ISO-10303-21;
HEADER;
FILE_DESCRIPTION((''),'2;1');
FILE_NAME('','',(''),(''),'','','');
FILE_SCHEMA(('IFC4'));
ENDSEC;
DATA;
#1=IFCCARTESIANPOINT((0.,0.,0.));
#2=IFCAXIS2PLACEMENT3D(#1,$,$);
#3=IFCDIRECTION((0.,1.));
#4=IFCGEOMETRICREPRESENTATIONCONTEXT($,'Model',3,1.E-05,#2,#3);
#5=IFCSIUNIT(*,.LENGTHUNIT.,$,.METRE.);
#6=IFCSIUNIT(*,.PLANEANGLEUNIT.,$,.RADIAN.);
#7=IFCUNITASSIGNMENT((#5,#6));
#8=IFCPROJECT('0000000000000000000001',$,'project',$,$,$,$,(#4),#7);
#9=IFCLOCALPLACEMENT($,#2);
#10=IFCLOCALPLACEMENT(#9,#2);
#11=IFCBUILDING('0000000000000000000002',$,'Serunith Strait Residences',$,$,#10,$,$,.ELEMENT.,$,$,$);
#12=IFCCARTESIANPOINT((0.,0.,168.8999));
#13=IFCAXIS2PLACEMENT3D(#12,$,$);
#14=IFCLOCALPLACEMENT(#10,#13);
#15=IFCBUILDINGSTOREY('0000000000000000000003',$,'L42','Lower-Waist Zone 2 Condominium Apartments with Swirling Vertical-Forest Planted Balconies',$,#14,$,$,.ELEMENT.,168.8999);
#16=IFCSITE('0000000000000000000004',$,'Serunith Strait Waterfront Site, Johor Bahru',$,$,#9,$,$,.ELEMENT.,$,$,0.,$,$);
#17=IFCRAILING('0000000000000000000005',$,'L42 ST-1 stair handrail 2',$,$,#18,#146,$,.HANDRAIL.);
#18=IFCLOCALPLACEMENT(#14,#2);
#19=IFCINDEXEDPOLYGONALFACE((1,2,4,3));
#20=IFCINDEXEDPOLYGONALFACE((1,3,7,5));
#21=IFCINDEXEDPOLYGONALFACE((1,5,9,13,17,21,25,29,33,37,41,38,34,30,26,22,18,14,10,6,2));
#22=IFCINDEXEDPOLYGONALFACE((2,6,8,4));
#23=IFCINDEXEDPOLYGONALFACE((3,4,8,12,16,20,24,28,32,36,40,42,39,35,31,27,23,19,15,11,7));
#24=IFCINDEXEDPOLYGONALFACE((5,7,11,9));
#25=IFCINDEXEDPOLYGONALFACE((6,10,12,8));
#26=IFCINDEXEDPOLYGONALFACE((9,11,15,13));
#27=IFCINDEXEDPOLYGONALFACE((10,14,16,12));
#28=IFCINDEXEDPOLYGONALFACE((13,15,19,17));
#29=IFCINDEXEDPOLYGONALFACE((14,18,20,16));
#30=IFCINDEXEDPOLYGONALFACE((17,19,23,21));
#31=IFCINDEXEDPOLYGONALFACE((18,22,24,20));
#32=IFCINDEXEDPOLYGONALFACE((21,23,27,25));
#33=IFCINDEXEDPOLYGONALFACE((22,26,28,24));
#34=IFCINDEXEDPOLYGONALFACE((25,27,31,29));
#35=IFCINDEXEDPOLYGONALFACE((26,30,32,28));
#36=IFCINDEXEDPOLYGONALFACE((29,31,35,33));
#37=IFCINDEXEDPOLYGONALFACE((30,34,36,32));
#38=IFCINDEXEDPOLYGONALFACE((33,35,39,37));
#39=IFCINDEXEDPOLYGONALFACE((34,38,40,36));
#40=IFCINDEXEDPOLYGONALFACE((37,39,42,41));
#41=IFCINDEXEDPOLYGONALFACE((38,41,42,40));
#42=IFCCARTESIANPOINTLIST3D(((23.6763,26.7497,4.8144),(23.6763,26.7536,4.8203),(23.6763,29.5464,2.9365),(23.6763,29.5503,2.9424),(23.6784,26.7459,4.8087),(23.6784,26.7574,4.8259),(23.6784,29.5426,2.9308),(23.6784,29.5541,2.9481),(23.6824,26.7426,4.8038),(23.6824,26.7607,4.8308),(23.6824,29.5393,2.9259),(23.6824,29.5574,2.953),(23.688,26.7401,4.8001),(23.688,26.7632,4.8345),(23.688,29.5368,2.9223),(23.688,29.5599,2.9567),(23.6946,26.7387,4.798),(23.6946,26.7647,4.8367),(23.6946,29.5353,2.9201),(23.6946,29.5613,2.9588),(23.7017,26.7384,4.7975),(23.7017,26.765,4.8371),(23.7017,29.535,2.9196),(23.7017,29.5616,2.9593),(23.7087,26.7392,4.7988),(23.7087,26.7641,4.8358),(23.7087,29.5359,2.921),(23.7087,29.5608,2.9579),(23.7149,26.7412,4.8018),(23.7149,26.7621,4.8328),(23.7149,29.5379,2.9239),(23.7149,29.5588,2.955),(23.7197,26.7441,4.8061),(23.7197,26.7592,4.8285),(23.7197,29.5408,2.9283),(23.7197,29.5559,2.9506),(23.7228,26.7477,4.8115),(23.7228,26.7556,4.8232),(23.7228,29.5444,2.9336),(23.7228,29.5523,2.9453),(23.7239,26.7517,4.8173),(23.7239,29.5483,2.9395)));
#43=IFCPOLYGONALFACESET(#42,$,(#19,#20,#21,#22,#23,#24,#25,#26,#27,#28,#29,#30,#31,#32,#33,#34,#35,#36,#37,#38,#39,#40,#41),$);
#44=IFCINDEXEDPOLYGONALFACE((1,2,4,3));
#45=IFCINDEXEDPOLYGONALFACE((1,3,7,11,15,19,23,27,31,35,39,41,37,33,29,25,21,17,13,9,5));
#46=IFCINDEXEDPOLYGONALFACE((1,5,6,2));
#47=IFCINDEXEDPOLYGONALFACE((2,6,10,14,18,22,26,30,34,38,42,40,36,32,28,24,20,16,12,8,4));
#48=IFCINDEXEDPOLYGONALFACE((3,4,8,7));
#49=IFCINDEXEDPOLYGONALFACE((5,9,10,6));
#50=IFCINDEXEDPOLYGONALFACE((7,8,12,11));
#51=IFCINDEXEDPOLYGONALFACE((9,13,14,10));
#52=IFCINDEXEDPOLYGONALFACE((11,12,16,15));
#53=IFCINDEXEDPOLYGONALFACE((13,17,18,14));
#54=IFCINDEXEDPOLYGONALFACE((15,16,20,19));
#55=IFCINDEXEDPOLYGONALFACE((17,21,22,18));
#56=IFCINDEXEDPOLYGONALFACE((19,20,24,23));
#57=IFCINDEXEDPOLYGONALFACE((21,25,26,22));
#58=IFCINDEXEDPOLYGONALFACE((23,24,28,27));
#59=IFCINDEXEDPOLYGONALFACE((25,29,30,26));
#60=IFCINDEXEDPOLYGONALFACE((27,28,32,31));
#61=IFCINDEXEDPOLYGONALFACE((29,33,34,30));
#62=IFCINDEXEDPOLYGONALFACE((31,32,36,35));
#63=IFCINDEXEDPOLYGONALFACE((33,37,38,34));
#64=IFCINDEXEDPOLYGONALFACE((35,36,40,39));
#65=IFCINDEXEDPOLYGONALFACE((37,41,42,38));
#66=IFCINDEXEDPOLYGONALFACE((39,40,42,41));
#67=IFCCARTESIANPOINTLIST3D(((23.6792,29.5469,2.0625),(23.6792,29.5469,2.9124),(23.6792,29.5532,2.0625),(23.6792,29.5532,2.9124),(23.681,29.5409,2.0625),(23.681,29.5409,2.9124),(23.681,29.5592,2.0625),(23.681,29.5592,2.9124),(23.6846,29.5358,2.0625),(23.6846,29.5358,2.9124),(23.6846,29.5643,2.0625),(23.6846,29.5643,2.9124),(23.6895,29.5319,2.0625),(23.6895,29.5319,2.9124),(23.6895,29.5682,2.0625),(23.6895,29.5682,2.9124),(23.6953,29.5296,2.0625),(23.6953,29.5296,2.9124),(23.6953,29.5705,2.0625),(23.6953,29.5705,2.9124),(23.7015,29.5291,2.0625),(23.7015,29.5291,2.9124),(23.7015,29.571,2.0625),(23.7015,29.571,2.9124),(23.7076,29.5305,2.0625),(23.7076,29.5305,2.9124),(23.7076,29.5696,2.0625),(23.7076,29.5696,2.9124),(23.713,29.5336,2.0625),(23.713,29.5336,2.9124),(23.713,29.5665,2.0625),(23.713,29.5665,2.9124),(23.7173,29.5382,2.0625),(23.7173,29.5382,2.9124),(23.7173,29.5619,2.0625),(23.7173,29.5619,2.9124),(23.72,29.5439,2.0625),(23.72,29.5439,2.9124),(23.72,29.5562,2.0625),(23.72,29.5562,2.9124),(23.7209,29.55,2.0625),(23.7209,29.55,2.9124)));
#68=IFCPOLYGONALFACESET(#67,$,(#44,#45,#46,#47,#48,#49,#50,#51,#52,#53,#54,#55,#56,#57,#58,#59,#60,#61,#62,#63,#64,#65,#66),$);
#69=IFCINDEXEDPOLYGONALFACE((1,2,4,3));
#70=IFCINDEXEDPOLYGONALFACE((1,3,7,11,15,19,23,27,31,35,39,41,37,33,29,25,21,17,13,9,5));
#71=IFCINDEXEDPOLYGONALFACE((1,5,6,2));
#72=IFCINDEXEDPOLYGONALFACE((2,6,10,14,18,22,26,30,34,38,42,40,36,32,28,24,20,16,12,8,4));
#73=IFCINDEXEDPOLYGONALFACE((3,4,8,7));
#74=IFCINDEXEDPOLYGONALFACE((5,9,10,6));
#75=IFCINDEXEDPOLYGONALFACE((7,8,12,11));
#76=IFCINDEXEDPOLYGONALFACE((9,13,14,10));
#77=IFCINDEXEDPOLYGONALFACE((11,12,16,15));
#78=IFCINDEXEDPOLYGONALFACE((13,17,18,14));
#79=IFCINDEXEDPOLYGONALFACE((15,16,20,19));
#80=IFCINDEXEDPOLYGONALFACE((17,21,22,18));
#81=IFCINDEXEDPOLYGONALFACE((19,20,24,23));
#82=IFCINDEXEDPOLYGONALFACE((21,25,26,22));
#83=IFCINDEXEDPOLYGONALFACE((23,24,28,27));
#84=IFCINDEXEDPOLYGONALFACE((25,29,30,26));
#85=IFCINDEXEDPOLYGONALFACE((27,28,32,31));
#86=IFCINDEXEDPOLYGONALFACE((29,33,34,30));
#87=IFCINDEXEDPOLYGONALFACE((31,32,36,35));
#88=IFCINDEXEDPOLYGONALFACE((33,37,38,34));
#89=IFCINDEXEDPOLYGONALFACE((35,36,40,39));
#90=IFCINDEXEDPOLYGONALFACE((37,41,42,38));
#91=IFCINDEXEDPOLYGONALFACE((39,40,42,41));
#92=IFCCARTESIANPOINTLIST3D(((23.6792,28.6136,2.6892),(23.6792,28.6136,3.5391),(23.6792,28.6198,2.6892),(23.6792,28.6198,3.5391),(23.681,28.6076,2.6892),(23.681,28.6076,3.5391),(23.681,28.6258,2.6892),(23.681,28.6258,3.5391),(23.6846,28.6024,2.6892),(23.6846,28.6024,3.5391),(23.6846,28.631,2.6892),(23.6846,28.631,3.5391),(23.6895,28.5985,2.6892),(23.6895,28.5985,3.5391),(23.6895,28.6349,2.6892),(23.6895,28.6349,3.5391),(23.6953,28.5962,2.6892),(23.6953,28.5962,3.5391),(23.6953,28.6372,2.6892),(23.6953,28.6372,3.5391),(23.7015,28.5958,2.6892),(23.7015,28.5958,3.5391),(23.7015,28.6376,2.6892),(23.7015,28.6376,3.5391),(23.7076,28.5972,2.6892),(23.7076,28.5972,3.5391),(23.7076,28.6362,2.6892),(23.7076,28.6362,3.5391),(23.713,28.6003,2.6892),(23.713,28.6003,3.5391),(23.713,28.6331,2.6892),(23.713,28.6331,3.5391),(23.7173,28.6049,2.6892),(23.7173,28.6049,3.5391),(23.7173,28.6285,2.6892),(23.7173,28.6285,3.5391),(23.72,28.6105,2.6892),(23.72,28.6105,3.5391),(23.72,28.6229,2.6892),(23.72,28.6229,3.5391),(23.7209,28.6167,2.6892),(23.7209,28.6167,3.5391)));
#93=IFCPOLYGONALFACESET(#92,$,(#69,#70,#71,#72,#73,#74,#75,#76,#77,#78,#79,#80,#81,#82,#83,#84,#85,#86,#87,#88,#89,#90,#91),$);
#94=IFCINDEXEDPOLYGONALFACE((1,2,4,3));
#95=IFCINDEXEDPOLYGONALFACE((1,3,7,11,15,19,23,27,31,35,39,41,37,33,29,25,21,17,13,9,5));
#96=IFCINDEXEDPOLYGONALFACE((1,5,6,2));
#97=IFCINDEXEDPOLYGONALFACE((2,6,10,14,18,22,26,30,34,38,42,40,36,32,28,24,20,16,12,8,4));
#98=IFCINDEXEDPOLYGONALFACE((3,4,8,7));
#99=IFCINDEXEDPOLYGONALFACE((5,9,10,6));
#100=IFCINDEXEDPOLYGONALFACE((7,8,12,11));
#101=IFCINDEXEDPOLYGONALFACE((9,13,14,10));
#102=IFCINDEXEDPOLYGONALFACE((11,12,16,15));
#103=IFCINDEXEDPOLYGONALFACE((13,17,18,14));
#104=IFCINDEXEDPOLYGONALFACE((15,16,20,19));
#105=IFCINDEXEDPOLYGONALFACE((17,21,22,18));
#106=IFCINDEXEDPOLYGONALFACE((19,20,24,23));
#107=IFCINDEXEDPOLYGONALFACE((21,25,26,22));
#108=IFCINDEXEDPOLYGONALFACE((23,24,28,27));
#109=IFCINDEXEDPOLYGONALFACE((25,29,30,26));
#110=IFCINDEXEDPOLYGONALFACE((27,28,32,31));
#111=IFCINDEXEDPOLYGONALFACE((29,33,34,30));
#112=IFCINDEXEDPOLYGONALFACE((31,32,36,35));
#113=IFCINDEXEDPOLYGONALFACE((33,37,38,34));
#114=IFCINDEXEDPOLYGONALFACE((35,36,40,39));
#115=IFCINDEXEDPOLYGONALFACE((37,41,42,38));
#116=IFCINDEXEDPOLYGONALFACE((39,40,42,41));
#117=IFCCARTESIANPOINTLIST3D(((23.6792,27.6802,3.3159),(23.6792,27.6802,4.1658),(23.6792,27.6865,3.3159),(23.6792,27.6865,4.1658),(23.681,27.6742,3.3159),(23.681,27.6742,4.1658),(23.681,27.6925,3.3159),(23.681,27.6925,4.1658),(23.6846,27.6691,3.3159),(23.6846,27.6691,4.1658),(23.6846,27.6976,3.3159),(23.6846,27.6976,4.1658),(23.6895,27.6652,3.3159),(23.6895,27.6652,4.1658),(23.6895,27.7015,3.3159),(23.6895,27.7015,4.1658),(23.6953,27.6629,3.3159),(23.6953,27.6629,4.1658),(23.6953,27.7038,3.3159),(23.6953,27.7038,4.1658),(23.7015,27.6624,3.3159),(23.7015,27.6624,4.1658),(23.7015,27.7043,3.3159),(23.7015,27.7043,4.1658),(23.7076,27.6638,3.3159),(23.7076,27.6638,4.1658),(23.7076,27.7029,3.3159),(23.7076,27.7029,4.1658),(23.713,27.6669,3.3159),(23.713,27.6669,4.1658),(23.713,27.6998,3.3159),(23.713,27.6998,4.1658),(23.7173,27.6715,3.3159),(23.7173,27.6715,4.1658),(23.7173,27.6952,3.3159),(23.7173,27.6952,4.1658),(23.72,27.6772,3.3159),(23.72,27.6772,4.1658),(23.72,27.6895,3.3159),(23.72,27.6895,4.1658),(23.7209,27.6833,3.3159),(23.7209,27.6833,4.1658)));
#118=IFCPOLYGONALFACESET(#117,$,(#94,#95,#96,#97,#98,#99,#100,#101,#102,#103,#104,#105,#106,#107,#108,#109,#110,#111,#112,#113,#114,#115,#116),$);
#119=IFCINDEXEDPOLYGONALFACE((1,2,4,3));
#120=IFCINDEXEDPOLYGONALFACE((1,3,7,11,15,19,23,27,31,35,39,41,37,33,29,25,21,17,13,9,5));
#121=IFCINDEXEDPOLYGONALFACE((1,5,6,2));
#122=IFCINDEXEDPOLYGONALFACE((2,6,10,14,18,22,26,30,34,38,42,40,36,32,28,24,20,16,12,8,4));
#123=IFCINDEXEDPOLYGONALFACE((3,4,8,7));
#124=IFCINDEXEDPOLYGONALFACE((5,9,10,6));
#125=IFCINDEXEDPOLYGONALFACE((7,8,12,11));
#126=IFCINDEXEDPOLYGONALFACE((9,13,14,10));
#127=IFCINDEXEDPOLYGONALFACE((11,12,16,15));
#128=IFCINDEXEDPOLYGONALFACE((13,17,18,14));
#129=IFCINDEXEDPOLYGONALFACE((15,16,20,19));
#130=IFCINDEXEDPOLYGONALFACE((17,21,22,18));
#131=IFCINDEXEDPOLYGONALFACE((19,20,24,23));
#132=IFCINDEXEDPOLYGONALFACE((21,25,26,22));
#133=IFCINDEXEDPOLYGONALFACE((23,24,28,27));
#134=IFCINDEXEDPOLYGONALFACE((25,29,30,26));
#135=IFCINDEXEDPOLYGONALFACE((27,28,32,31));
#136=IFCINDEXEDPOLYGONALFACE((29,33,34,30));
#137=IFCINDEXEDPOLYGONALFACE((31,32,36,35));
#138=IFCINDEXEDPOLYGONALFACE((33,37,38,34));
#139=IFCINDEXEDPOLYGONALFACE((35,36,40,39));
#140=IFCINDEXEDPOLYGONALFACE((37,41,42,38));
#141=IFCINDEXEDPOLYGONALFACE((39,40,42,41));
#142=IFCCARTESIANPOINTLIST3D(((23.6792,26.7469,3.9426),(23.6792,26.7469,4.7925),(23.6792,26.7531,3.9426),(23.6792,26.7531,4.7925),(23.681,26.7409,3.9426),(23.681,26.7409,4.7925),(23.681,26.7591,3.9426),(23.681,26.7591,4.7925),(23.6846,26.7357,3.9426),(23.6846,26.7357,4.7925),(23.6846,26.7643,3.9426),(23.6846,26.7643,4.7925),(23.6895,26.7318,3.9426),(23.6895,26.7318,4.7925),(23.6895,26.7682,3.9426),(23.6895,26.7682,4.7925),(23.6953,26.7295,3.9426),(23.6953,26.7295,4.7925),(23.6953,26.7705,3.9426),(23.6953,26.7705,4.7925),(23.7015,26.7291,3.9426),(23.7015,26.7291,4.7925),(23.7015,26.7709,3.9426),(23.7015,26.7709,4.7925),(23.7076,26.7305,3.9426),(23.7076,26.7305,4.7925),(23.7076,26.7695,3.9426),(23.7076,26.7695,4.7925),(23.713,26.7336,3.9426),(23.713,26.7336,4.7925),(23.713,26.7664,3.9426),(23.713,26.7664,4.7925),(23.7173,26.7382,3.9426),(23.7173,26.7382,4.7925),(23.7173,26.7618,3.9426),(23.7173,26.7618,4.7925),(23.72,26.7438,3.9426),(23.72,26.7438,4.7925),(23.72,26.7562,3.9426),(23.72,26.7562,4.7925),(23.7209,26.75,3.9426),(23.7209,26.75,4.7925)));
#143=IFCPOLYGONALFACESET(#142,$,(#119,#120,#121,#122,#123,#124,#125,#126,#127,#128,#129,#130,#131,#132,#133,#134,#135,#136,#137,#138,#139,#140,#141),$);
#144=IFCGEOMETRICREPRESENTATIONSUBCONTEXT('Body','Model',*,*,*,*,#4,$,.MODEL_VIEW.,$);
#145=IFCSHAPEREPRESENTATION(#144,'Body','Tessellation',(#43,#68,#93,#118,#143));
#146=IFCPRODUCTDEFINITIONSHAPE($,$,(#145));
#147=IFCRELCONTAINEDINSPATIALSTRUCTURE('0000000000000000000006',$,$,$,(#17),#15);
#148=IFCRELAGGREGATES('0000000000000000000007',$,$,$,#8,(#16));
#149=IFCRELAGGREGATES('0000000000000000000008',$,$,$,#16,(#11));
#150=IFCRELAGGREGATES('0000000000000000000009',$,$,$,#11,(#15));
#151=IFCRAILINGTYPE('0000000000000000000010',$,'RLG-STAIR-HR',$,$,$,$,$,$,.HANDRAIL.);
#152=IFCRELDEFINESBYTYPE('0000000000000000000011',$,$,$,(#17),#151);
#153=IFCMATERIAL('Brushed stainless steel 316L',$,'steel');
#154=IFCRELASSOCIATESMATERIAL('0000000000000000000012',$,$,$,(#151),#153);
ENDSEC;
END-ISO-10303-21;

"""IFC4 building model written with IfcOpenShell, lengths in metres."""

from ifc_helpers import new_model, si_unit, direction, frame, origin, origin_2d, place, context, subcontext, project, spatial, circle, extrude, material, type_object, element, save


model = new_model("IFC4")

# Units and contexts
model_context = context("Model", 3, precision=1e-05, world=origin(), true_north=direction((0.0, 1.0)))
body_context = subcontext(model_context, "Body", "Model", "MODEL_VIEW")
ifc_project = project(units=[si_unit("LENGTHUNIT", "METRE"), si_unit("PLANEANGLEUNIT", "RADIAN")], contexts=[model_context])

# Site, building, storey
site_placement = place(None, origin())
site = spatial("IfcSite", under=ifc_project, at=site_placement, Name="Serunith Strait Waterfront Site, Johor Bahru", CompositionType="ELEMENT", RefElevation=0.0)
building_placement = place(site_placement, origin())
building = spatial("IfcBuilding", under=site, at=building_placement, Name="Serunith Strait Residences", CompositionType="ELEMENT")
storey_placement = place(building_placement, frame((0.0, 0.0, 168.8999)))
storey = spatial("IfcBuildingStorey", under=building, at=storey_placement, Name="L42", Description="Lower-Waist Zone 2 Condominium Apartments with Swirling Vertical-Forest Planted Balconies", CompositionType="ELEMENT", Elevation=168.8999)

# Railing
ifc_material_1 = material(Name="Brushed stainless steel 316L", Category="steel")
railing_type_1 = type_object("IfcRailingType", Name="RLG-STAIR-HR", PredefinedType="HANDRAIL", material=ifc_material_1)
railing_1_placement = place(storey_placement, frame((23.7, 29.55, 2.0625)))
element("IfcRailing", 1, at=railing_1_placement, inside=storey, type_object=railing_type_1, Name="L42 ST-1 stair handrail 2", PredefinedType="HANDRAIL", context=body_context, shape_type="SweptSolid", body=[
    extrude(circle(Radius=0.0239, at=origin_2d()), frame((0.0, -0.0017, 0.877), z_axis=(0.0, -0.830208, 0.557453), x_axis=(1.0, 0.0, 0.0)), (0.0, 0.0, 1.0), 3.3687),
    extrude(circle(Radius=0.021, at=origin_2d()), origin(), (0.0, 0.0, 1.0), 0.8499),
    extrude(circle(Radius=0.021, at=origin_2d()), frame((0.0, -0.9333, 0.6267)), (0.0, 0.0, 1.0), 0.8499),
    extrude(circle(Radius=0.021, at=origin_2d()), frame((0.0, -1.8667, 1.2534)), (0.0, 0.0, 1.0), 0.8499),
    extrude(circle(Radius=0.021, at=origin_2d()), frame((0.0, -2.8, 1.8801)), (0.0, 0.0, 1.0), 0.8499),
])

save(model, "model.ifc")
